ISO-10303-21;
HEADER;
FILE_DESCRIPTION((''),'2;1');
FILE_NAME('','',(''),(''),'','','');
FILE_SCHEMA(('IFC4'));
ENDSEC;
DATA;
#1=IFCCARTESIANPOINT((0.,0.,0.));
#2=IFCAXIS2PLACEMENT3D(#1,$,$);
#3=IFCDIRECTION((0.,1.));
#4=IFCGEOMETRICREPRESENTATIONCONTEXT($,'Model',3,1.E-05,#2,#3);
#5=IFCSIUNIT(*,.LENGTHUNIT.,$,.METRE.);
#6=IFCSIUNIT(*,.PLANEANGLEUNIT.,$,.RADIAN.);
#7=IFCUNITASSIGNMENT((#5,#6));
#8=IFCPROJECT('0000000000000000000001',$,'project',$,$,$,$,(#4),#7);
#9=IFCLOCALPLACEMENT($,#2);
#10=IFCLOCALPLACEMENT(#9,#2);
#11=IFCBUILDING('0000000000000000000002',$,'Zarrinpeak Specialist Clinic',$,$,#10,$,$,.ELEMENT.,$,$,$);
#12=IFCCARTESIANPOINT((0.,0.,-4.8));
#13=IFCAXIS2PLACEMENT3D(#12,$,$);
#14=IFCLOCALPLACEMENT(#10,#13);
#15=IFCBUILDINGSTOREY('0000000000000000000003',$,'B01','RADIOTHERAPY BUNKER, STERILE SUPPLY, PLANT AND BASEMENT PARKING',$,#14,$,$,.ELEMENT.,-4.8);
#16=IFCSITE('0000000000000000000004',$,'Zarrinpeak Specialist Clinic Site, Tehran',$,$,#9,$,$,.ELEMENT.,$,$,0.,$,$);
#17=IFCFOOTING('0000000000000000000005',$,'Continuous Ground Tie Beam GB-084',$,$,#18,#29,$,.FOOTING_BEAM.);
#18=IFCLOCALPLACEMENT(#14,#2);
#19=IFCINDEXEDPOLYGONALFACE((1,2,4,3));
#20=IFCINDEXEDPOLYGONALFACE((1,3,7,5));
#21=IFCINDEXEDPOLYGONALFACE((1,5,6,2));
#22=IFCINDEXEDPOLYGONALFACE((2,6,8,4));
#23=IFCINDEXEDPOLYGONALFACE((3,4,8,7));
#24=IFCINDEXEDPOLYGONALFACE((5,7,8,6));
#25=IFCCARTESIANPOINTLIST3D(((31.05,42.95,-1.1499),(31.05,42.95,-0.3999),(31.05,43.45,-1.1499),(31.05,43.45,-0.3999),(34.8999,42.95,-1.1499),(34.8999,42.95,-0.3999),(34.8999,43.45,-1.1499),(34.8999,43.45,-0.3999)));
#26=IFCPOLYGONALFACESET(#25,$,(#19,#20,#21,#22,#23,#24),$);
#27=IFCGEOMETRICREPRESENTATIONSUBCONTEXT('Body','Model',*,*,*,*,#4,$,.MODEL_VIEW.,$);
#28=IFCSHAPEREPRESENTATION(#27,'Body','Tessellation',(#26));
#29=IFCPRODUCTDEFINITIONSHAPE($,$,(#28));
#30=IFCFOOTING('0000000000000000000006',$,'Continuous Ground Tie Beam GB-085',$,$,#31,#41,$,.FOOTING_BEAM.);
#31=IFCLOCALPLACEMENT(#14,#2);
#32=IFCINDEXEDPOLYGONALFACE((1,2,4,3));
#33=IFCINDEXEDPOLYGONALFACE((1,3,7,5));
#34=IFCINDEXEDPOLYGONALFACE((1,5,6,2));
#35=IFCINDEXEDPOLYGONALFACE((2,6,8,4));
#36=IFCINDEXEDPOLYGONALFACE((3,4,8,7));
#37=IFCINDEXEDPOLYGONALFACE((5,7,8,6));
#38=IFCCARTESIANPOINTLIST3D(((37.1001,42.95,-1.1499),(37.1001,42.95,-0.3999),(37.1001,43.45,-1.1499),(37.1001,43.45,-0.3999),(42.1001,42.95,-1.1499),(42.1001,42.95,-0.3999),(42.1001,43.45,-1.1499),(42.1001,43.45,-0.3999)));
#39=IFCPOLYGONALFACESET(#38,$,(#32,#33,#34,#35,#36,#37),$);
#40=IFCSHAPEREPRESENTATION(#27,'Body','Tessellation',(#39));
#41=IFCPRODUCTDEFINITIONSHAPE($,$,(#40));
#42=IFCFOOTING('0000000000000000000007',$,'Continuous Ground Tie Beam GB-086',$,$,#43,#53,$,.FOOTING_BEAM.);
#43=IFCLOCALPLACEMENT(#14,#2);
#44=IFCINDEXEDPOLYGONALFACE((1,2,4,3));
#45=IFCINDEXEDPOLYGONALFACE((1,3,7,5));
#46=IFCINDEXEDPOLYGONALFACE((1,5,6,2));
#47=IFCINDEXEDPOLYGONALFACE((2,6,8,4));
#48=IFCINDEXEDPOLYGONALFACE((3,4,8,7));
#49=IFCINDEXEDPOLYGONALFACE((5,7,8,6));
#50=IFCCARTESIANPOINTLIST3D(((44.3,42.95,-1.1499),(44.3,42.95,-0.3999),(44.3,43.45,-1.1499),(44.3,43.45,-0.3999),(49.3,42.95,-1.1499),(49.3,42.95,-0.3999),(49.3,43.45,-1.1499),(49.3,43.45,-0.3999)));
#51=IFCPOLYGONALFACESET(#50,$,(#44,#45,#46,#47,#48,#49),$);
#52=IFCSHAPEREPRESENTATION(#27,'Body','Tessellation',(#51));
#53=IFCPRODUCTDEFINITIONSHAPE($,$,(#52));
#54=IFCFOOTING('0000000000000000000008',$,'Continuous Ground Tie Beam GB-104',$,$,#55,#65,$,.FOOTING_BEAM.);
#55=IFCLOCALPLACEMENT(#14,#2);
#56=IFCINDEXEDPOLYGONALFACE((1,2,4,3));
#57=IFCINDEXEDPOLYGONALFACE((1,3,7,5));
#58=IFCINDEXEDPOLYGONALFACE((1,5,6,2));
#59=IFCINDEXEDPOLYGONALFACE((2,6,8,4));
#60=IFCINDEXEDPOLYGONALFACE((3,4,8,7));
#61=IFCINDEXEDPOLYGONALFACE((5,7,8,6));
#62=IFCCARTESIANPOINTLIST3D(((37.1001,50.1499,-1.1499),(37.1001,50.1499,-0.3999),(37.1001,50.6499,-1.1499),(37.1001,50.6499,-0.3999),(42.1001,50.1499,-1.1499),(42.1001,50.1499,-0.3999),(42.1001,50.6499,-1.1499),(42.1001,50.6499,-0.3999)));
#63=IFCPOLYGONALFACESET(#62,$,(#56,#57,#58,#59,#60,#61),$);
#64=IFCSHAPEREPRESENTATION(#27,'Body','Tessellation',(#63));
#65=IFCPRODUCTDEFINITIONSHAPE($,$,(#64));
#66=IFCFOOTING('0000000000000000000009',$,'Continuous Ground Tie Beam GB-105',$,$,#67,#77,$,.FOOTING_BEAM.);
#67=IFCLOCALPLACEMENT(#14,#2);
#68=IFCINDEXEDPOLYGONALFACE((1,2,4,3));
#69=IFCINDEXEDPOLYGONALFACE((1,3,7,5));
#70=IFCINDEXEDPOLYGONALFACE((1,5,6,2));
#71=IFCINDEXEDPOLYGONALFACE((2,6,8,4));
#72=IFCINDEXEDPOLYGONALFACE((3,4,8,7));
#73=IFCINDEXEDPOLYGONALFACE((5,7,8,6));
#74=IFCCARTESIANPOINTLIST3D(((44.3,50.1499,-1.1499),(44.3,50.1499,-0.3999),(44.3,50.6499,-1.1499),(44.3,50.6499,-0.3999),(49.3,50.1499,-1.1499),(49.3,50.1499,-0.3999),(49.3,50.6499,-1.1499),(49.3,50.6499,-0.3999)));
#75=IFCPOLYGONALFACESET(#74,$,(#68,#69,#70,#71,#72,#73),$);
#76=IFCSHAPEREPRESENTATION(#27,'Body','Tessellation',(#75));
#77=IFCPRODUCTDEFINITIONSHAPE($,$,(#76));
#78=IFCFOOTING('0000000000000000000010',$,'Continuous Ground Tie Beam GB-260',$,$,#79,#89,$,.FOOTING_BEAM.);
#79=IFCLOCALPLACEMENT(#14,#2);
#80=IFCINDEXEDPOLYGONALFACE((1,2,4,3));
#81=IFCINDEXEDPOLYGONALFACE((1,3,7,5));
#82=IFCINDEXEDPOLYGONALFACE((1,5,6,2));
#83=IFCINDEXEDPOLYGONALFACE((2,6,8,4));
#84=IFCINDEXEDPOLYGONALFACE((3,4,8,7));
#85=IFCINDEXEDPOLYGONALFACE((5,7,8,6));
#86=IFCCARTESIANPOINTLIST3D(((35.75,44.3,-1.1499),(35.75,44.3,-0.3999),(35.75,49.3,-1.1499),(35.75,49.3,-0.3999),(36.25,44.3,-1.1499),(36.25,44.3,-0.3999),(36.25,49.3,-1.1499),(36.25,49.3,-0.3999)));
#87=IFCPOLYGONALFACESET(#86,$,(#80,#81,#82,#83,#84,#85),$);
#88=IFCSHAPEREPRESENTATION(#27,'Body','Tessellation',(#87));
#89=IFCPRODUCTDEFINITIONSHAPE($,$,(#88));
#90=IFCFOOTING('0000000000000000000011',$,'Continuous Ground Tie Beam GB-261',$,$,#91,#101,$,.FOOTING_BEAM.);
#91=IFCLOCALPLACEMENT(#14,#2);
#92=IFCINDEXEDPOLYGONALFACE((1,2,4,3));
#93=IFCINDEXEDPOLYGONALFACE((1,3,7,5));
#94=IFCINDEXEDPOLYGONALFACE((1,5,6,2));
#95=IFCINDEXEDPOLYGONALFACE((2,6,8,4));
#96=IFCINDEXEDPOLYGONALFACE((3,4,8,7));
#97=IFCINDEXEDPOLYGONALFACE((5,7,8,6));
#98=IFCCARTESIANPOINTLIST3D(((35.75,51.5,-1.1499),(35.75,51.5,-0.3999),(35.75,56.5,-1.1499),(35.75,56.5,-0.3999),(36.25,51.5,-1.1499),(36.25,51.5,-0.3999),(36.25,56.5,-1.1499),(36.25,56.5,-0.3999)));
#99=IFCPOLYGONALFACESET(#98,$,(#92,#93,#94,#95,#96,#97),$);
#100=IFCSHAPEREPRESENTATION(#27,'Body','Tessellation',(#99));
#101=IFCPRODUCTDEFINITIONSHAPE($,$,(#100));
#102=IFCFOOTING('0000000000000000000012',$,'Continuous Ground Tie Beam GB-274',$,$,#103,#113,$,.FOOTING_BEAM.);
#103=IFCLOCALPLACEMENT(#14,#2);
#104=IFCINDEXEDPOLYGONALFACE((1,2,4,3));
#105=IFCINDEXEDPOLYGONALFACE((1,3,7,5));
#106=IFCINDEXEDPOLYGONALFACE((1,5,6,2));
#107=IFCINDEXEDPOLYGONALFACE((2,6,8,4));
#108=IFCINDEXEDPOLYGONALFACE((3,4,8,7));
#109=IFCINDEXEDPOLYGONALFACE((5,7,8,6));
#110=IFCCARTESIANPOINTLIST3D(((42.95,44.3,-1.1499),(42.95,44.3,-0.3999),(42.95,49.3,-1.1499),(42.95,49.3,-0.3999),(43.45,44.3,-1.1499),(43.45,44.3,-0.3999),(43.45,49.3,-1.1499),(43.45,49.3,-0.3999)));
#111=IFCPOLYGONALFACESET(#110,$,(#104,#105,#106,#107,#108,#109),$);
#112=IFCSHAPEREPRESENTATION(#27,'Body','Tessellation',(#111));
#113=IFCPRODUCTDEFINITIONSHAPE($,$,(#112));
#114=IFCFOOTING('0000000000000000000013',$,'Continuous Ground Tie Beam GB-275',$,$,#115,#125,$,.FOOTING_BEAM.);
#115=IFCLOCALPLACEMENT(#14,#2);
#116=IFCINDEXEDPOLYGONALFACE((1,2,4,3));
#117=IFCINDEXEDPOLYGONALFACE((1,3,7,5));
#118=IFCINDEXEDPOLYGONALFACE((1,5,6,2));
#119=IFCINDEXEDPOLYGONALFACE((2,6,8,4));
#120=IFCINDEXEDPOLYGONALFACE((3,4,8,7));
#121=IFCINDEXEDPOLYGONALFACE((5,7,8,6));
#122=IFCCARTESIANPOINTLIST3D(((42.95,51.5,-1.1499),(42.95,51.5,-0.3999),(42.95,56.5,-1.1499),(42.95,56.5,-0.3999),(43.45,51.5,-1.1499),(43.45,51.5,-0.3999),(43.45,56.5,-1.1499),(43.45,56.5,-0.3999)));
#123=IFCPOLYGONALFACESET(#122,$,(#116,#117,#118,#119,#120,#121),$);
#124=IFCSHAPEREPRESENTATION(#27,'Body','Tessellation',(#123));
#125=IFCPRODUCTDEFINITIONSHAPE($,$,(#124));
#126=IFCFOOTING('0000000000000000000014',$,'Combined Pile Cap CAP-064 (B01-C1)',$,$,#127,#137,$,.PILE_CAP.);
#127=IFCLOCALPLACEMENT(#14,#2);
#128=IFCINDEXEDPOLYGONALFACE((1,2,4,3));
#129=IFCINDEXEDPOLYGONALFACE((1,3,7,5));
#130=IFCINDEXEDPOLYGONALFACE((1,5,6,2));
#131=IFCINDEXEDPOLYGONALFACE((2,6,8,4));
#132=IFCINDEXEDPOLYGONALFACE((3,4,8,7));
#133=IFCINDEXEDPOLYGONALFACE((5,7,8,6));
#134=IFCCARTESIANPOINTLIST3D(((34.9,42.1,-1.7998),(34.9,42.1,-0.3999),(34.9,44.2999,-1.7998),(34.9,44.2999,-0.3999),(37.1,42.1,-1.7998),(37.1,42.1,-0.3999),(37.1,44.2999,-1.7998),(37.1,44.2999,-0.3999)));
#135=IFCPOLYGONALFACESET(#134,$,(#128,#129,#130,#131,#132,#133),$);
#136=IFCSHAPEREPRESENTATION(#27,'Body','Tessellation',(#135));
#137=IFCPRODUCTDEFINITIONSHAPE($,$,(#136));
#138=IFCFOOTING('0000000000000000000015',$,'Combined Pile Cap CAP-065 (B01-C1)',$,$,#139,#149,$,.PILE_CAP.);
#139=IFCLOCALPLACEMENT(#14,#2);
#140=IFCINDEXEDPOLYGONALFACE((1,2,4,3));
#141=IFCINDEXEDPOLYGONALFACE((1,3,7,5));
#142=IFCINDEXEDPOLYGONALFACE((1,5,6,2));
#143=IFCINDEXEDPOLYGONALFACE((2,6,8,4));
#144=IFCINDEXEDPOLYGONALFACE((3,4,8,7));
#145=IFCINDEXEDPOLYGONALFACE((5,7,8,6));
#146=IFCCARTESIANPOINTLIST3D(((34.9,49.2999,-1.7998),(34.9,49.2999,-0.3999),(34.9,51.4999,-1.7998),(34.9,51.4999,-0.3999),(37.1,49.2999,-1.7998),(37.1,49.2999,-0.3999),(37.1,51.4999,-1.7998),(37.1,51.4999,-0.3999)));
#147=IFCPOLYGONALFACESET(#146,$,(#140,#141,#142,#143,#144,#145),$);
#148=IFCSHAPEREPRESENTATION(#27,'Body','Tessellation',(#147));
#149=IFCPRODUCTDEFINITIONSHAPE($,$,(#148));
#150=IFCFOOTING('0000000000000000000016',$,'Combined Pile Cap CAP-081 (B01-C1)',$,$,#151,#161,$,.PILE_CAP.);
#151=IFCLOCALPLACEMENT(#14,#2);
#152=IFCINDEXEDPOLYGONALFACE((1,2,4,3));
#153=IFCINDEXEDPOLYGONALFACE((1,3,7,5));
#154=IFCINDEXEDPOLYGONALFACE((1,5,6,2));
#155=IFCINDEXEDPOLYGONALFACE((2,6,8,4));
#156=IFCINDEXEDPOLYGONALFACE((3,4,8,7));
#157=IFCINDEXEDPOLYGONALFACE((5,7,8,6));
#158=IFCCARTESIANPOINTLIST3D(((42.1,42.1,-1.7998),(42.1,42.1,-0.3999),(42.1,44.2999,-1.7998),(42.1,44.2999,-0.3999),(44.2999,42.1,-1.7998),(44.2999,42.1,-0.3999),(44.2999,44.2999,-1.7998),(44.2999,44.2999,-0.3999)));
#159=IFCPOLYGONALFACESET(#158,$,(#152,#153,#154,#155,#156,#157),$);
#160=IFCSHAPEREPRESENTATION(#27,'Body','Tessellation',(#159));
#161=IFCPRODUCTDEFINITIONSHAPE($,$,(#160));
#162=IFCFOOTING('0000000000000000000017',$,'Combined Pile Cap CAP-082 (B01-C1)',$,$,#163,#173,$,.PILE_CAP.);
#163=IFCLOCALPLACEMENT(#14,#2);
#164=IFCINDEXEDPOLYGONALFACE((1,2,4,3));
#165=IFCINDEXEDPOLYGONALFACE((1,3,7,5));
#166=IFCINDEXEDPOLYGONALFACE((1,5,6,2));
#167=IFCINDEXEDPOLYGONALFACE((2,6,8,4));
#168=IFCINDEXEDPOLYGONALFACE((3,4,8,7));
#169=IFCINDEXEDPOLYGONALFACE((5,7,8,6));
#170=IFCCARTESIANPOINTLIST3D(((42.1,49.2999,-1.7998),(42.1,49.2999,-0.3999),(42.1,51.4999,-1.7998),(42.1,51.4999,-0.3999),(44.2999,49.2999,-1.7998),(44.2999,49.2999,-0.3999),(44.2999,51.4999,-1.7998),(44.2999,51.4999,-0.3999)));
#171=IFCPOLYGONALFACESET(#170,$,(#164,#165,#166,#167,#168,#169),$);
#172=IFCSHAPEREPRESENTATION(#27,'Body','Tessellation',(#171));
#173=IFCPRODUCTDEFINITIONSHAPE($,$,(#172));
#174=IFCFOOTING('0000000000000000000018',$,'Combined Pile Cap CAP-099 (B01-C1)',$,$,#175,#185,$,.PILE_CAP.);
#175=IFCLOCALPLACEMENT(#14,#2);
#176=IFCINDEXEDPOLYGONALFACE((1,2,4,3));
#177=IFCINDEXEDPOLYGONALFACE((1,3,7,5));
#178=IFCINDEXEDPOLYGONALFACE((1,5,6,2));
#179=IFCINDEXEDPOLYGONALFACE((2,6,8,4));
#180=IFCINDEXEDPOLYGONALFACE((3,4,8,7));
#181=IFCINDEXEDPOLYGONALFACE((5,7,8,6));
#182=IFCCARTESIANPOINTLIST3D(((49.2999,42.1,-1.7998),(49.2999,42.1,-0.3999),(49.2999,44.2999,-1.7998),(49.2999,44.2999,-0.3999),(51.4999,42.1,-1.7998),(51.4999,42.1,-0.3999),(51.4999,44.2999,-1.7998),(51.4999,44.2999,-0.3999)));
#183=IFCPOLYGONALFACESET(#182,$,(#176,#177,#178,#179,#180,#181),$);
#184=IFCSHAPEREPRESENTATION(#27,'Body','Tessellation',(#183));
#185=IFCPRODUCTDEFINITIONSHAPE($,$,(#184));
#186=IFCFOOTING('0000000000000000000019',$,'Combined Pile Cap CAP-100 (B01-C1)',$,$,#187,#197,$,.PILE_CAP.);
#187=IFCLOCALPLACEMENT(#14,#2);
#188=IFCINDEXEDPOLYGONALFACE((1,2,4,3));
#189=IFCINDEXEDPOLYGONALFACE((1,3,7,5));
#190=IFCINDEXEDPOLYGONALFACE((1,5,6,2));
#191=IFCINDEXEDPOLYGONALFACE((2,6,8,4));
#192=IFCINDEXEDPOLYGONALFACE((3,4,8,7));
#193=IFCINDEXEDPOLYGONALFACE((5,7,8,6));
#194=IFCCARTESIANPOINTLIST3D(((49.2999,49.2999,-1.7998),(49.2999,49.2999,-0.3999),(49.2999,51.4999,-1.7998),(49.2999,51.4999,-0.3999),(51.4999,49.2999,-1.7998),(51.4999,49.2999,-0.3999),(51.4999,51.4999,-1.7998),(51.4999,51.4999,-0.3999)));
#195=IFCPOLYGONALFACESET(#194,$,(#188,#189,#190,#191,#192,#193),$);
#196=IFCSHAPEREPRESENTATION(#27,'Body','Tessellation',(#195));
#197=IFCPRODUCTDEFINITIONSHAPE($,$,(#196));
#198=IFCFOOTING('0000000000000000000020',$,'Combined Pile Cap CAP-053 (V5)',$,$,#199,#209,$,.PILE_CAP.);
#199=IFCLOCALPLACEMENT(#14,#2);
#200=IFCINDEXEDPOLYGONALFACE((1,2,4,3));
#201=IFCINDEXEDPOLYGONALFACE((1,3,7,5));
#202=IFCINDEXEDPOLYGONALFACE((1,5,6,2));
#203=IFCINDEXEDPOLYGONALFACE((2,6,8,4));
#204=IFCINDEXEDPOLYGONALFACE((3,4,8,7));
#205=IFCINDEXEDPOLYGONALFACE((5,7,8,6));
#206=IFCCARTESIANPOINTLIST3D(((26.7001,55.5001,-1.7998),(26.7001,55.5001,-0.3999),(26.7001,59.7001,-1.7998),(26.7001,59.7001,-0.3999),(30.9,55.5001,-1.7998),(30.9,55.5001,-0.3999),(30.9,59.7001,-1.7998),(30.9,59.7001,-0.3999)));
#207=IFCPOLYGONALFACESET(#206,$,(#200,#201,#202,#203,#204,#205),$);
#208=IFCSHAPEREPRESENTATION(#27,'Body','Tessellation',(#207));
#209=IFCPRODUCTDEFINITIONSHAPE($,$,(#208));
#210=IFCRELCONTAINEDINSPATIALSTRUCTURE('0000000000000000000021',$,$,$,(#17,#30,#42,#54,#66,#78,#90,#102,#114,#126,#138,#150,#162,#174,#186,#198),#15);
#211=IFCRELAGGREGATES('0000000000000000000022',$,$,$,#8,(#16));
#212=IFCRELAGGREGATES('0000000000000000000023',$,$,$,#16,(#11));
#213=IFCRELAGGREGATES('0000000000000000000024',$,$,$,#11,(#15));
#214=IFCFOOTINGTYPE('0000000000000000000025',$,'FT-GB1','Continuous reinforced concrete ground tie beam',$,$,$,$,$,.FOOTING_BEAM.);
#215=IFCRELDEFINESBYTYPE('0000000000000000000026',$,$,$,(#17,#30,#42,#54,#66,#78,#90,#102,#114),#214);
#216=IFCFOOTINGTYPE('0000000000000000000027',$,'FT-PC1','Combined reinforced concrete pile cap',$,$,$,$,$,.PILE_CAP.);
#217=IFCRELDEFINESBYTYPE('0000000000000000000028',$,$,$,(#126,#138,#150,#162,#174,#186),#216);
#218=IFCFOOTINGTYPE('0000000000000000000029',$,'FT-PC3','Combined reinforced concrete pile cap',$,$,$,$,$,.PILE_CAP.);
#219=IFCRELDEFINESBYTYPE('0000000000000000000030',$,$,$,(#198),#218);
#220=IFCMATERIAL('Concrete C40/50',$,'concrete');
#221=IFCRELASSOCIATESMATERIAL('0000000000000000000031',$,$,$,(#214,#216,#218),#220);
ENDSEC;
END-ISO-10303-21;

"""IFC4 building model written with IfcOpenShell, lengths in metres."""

from ifc_helpers import new_model, si_unit, direction, frame, origin, origin_2d, place, context, subcontext, project, spatial, rectangle, extrude, material, material_profile, profile_set, type_object, element, save


model = new_model("IFC4")

# Units and contexts
model_context = context("Model", 3, precision=1e-05, world=origin(), true_north=direction((0.0, 1.0)))
body_context = subcontext(model_context, "Body", "Model", "MODEL_VIEW")
ifc_project = project(units=[si_unit("LENGTHUNIT", "METRE"), si_unit("PLANEANGLEUNIT", "RADIAN")], contexts=[model_context])

# Site, building, storey
site_placement = place(None, origin())
site = spatial("IfcSite", under=ifc_project, at=site_placement, Name="Zarrinpeak Specialist Clinic Site, Tehran", CompositionType="ELEMENT", RefElevation=0.0)
building_placement = place(site_placement, origin())
building = spatial("IfcBuilding", under=site, at=building_placement, Name="Zarrinpeak Specialist Clinic", CompositionType="ELEMENT")
storey_placement = place(building_placement, frame((0.0, 0.0, -4.8)))
storey = spatial("IfcBuildingStorey", under=building, at=storey_placement, Name="B01", Description="RADIOTHERAPY BUNKER, STERILE SUPPLY, PLANT AND BASEMENT PARKING", CompositionType="ELEMENT", Elevation=-4.8)

# Footings
ifc_material_1 = material(Name="Concrete C40/50", Category="concrete")
ifc_material_profile_1 = material_profile(ifc_material_1, rectangle(XDim=0.5, YDim=0.75, at=origin_2d()), Name="RC 500x750")
ifc_profile_set_1 = profile_set([ifc_material_profile_1], Name="Concrete C40/50")
footing_type_1 = type_object("IfcFootingType", Name="FT-GB1", Description="Continuous reinforced concrete ground tie beam", PredefinedType="FOOTING_BEAM", material=ifc_profile_set_1)
footing_1_placement = place(storey_placement, frame((31.05, 43.2, -0.7749), z_axis=(1.0, 0.0, 0.0), x_axis=(0.0, 1.0, 0.0)))
element("IfcFooting", 1, at=footing_1_placement, inside=storey, type_object=footing_type_1, Name="Continuous Ground Tie Beam GB-084", PredefinedType="FOOTING_BEAM", context=body_context, shape_type="SweptSolid", body=[
    extrude(rectangle(XDim=0.5, YDim=0.75, at=origin_2d()), origin(), (0.0, 0.0, 1.0), 3.8499),
])
for number, where, z_axis, x_axis, name in (
    (2, (37.1001, 43.2, -0.7749), (1.0, 0.0, 0.0), (0.0, 1.0, 0.0), "Continuous Ground Tie Beam GB-085"),
    (3, (44.3, 43.2, -0.7749), (1.0, 0.0, 0.0), (0.0, 1.0, 0.0), "Continuous Ground Tie Beam GB-086"),
    (4, (37.1001, 50.3999, -0.7749), (1.0, 0.0, 0.0), (0.0, 1.0, 0.0), "Continuous Ground Tie Beam GB-104"),
    (5, (44.3, 50.3999, -0.7749), (1.0, 0.0, 0.0), (0.0, 1.0, 0.0), "Continuous Ground Tie Beam GB-105"),
    (6, (36.0, 44.3, -0.7749), (0.0, 1.0, 0.0), (-1.0, 0.0, 0.0), "Continuous Ground Tie Beam GB-260"),
    (7, (36.0, 51.5, -0.7749), (0.0, 1.0, 0.0), (-1.0, 0.0, 0.0), "Continuous Ground Tie Beam GB-261"),
    (8, (43.2, 44.3, -0.7749), (0.0, 1.0, 0.0), (-1.0, 0.0, 0.0), "Continuous Ground Tie Beam GB-274"),
    (9, (43.2, 51.5, -0.7749), (0.0, 1.0, 0.0), (-1.0, 0.0, 0.0), "Continuous Ground Tie Beam GB-275"),
):
    element("IfcFooting", number, at=place(storey_placement, frame(where, z_axis=z_axis, x_axis=x_axis)), inside=storey, type_object=footing_type_1, Name=name, PredefinedType="FOOTING_BEAM", context=body_context, shape_type="SweptSolid", body=[
        extrude(rectangle(XDim=0.5, YDim=0.75, at=origin_2d()), origin(), (0.0, 0.0, 1.0), 5.0),
    ])
footing_type_2 = type_object("IfcFootingType", Name="FT-PC1", Description="Combined reinforced concrete pile cap", PredefinedType="PILE_CAP", material=ifc_material_1)
for number, where, z_axis, x_axis, name in (
    (10, (36.0, 43.2, -1.7998), (0.0, 0.0, 1.0), (1.0, 0.0, 0.0), "Combined Pile Cap CAP-064 (B01-C1)"),
    (11, (36.0, 50.3999, -1.7998), (0.0, 0.0, 1.0), (1.0, 0.0, 0.0), "Combined Pile Cap CAP-065 (B01-C1)"),
    (12, (43.2, 43.2, -1.7998), (0.0, 0.0, 1.0), (1.0, 0.0, 0.0), "Combined Pile Cap CAP-081 (B01-C1)"),
    (13, (43.2, 50.3999, -1.7998), (0.0, 0.0, 1.0), (1.0, 0.0, 0.0), "Combined Pile Cap CAP-082 (B01-C1)"),
    (14, (50.3999, 43.2, -1.7998), (0.0, 0.0, 1.0), (1.0, 0.0, 0.0), "Combined Pile Cap CAP-099 (B01-C1)"),
    (15, (50.3999, 50.3999, -1.7998), (0.0, 0.0, 1.0), (1.0, 0.0, 0.0), "Combined Pile Cap CAP-100 (B01-C1)"),
):
    element("IfcFooting", number, at=place(storey_placement, frame(where, z_axis=z_axis, x_axis=x_axis)), inside=storey, type_object=footing_type_2, Name=name, PredefinedType="PILE_CAP", context=body_context, shape_type="SweptSolid", body=[
        extrude(rectangle(XDim=2.2, YDim=2.2, at=origin_2d()), origin(), (0.0, 0.0, 1.0), 1.3999),
    ])
footing_type_3 = type_object("IfcFootingType", Name="FT-PC3", Description="Combined reinforced concrete pile cap", PredefinedType="PILE_CAP", material=ifc_material_1)
footing_2_placement = place(storey_placement, frame((28.8, 57.6001, -1.7998), z_axis=(0.0, 0.0, 1.0), x_axis=(1.0, 0.0, 0.0)))
element("IfcFooting", 16, at=footing_2_placement, inside=storey, type_object=footing_type_3, Name="Combined Pile Cap CAP-053 (V5)", PredefinedType="PILE_CAP", context=body_context, shape_type="SweptSolid", body=[
    extrude(rectangle(XDim=4.2, YDim=4.2, at=origin_2d()), origin(), (0.0, 0.0, 1.0), 1.3999),
])

save(model, "model.ifc")
